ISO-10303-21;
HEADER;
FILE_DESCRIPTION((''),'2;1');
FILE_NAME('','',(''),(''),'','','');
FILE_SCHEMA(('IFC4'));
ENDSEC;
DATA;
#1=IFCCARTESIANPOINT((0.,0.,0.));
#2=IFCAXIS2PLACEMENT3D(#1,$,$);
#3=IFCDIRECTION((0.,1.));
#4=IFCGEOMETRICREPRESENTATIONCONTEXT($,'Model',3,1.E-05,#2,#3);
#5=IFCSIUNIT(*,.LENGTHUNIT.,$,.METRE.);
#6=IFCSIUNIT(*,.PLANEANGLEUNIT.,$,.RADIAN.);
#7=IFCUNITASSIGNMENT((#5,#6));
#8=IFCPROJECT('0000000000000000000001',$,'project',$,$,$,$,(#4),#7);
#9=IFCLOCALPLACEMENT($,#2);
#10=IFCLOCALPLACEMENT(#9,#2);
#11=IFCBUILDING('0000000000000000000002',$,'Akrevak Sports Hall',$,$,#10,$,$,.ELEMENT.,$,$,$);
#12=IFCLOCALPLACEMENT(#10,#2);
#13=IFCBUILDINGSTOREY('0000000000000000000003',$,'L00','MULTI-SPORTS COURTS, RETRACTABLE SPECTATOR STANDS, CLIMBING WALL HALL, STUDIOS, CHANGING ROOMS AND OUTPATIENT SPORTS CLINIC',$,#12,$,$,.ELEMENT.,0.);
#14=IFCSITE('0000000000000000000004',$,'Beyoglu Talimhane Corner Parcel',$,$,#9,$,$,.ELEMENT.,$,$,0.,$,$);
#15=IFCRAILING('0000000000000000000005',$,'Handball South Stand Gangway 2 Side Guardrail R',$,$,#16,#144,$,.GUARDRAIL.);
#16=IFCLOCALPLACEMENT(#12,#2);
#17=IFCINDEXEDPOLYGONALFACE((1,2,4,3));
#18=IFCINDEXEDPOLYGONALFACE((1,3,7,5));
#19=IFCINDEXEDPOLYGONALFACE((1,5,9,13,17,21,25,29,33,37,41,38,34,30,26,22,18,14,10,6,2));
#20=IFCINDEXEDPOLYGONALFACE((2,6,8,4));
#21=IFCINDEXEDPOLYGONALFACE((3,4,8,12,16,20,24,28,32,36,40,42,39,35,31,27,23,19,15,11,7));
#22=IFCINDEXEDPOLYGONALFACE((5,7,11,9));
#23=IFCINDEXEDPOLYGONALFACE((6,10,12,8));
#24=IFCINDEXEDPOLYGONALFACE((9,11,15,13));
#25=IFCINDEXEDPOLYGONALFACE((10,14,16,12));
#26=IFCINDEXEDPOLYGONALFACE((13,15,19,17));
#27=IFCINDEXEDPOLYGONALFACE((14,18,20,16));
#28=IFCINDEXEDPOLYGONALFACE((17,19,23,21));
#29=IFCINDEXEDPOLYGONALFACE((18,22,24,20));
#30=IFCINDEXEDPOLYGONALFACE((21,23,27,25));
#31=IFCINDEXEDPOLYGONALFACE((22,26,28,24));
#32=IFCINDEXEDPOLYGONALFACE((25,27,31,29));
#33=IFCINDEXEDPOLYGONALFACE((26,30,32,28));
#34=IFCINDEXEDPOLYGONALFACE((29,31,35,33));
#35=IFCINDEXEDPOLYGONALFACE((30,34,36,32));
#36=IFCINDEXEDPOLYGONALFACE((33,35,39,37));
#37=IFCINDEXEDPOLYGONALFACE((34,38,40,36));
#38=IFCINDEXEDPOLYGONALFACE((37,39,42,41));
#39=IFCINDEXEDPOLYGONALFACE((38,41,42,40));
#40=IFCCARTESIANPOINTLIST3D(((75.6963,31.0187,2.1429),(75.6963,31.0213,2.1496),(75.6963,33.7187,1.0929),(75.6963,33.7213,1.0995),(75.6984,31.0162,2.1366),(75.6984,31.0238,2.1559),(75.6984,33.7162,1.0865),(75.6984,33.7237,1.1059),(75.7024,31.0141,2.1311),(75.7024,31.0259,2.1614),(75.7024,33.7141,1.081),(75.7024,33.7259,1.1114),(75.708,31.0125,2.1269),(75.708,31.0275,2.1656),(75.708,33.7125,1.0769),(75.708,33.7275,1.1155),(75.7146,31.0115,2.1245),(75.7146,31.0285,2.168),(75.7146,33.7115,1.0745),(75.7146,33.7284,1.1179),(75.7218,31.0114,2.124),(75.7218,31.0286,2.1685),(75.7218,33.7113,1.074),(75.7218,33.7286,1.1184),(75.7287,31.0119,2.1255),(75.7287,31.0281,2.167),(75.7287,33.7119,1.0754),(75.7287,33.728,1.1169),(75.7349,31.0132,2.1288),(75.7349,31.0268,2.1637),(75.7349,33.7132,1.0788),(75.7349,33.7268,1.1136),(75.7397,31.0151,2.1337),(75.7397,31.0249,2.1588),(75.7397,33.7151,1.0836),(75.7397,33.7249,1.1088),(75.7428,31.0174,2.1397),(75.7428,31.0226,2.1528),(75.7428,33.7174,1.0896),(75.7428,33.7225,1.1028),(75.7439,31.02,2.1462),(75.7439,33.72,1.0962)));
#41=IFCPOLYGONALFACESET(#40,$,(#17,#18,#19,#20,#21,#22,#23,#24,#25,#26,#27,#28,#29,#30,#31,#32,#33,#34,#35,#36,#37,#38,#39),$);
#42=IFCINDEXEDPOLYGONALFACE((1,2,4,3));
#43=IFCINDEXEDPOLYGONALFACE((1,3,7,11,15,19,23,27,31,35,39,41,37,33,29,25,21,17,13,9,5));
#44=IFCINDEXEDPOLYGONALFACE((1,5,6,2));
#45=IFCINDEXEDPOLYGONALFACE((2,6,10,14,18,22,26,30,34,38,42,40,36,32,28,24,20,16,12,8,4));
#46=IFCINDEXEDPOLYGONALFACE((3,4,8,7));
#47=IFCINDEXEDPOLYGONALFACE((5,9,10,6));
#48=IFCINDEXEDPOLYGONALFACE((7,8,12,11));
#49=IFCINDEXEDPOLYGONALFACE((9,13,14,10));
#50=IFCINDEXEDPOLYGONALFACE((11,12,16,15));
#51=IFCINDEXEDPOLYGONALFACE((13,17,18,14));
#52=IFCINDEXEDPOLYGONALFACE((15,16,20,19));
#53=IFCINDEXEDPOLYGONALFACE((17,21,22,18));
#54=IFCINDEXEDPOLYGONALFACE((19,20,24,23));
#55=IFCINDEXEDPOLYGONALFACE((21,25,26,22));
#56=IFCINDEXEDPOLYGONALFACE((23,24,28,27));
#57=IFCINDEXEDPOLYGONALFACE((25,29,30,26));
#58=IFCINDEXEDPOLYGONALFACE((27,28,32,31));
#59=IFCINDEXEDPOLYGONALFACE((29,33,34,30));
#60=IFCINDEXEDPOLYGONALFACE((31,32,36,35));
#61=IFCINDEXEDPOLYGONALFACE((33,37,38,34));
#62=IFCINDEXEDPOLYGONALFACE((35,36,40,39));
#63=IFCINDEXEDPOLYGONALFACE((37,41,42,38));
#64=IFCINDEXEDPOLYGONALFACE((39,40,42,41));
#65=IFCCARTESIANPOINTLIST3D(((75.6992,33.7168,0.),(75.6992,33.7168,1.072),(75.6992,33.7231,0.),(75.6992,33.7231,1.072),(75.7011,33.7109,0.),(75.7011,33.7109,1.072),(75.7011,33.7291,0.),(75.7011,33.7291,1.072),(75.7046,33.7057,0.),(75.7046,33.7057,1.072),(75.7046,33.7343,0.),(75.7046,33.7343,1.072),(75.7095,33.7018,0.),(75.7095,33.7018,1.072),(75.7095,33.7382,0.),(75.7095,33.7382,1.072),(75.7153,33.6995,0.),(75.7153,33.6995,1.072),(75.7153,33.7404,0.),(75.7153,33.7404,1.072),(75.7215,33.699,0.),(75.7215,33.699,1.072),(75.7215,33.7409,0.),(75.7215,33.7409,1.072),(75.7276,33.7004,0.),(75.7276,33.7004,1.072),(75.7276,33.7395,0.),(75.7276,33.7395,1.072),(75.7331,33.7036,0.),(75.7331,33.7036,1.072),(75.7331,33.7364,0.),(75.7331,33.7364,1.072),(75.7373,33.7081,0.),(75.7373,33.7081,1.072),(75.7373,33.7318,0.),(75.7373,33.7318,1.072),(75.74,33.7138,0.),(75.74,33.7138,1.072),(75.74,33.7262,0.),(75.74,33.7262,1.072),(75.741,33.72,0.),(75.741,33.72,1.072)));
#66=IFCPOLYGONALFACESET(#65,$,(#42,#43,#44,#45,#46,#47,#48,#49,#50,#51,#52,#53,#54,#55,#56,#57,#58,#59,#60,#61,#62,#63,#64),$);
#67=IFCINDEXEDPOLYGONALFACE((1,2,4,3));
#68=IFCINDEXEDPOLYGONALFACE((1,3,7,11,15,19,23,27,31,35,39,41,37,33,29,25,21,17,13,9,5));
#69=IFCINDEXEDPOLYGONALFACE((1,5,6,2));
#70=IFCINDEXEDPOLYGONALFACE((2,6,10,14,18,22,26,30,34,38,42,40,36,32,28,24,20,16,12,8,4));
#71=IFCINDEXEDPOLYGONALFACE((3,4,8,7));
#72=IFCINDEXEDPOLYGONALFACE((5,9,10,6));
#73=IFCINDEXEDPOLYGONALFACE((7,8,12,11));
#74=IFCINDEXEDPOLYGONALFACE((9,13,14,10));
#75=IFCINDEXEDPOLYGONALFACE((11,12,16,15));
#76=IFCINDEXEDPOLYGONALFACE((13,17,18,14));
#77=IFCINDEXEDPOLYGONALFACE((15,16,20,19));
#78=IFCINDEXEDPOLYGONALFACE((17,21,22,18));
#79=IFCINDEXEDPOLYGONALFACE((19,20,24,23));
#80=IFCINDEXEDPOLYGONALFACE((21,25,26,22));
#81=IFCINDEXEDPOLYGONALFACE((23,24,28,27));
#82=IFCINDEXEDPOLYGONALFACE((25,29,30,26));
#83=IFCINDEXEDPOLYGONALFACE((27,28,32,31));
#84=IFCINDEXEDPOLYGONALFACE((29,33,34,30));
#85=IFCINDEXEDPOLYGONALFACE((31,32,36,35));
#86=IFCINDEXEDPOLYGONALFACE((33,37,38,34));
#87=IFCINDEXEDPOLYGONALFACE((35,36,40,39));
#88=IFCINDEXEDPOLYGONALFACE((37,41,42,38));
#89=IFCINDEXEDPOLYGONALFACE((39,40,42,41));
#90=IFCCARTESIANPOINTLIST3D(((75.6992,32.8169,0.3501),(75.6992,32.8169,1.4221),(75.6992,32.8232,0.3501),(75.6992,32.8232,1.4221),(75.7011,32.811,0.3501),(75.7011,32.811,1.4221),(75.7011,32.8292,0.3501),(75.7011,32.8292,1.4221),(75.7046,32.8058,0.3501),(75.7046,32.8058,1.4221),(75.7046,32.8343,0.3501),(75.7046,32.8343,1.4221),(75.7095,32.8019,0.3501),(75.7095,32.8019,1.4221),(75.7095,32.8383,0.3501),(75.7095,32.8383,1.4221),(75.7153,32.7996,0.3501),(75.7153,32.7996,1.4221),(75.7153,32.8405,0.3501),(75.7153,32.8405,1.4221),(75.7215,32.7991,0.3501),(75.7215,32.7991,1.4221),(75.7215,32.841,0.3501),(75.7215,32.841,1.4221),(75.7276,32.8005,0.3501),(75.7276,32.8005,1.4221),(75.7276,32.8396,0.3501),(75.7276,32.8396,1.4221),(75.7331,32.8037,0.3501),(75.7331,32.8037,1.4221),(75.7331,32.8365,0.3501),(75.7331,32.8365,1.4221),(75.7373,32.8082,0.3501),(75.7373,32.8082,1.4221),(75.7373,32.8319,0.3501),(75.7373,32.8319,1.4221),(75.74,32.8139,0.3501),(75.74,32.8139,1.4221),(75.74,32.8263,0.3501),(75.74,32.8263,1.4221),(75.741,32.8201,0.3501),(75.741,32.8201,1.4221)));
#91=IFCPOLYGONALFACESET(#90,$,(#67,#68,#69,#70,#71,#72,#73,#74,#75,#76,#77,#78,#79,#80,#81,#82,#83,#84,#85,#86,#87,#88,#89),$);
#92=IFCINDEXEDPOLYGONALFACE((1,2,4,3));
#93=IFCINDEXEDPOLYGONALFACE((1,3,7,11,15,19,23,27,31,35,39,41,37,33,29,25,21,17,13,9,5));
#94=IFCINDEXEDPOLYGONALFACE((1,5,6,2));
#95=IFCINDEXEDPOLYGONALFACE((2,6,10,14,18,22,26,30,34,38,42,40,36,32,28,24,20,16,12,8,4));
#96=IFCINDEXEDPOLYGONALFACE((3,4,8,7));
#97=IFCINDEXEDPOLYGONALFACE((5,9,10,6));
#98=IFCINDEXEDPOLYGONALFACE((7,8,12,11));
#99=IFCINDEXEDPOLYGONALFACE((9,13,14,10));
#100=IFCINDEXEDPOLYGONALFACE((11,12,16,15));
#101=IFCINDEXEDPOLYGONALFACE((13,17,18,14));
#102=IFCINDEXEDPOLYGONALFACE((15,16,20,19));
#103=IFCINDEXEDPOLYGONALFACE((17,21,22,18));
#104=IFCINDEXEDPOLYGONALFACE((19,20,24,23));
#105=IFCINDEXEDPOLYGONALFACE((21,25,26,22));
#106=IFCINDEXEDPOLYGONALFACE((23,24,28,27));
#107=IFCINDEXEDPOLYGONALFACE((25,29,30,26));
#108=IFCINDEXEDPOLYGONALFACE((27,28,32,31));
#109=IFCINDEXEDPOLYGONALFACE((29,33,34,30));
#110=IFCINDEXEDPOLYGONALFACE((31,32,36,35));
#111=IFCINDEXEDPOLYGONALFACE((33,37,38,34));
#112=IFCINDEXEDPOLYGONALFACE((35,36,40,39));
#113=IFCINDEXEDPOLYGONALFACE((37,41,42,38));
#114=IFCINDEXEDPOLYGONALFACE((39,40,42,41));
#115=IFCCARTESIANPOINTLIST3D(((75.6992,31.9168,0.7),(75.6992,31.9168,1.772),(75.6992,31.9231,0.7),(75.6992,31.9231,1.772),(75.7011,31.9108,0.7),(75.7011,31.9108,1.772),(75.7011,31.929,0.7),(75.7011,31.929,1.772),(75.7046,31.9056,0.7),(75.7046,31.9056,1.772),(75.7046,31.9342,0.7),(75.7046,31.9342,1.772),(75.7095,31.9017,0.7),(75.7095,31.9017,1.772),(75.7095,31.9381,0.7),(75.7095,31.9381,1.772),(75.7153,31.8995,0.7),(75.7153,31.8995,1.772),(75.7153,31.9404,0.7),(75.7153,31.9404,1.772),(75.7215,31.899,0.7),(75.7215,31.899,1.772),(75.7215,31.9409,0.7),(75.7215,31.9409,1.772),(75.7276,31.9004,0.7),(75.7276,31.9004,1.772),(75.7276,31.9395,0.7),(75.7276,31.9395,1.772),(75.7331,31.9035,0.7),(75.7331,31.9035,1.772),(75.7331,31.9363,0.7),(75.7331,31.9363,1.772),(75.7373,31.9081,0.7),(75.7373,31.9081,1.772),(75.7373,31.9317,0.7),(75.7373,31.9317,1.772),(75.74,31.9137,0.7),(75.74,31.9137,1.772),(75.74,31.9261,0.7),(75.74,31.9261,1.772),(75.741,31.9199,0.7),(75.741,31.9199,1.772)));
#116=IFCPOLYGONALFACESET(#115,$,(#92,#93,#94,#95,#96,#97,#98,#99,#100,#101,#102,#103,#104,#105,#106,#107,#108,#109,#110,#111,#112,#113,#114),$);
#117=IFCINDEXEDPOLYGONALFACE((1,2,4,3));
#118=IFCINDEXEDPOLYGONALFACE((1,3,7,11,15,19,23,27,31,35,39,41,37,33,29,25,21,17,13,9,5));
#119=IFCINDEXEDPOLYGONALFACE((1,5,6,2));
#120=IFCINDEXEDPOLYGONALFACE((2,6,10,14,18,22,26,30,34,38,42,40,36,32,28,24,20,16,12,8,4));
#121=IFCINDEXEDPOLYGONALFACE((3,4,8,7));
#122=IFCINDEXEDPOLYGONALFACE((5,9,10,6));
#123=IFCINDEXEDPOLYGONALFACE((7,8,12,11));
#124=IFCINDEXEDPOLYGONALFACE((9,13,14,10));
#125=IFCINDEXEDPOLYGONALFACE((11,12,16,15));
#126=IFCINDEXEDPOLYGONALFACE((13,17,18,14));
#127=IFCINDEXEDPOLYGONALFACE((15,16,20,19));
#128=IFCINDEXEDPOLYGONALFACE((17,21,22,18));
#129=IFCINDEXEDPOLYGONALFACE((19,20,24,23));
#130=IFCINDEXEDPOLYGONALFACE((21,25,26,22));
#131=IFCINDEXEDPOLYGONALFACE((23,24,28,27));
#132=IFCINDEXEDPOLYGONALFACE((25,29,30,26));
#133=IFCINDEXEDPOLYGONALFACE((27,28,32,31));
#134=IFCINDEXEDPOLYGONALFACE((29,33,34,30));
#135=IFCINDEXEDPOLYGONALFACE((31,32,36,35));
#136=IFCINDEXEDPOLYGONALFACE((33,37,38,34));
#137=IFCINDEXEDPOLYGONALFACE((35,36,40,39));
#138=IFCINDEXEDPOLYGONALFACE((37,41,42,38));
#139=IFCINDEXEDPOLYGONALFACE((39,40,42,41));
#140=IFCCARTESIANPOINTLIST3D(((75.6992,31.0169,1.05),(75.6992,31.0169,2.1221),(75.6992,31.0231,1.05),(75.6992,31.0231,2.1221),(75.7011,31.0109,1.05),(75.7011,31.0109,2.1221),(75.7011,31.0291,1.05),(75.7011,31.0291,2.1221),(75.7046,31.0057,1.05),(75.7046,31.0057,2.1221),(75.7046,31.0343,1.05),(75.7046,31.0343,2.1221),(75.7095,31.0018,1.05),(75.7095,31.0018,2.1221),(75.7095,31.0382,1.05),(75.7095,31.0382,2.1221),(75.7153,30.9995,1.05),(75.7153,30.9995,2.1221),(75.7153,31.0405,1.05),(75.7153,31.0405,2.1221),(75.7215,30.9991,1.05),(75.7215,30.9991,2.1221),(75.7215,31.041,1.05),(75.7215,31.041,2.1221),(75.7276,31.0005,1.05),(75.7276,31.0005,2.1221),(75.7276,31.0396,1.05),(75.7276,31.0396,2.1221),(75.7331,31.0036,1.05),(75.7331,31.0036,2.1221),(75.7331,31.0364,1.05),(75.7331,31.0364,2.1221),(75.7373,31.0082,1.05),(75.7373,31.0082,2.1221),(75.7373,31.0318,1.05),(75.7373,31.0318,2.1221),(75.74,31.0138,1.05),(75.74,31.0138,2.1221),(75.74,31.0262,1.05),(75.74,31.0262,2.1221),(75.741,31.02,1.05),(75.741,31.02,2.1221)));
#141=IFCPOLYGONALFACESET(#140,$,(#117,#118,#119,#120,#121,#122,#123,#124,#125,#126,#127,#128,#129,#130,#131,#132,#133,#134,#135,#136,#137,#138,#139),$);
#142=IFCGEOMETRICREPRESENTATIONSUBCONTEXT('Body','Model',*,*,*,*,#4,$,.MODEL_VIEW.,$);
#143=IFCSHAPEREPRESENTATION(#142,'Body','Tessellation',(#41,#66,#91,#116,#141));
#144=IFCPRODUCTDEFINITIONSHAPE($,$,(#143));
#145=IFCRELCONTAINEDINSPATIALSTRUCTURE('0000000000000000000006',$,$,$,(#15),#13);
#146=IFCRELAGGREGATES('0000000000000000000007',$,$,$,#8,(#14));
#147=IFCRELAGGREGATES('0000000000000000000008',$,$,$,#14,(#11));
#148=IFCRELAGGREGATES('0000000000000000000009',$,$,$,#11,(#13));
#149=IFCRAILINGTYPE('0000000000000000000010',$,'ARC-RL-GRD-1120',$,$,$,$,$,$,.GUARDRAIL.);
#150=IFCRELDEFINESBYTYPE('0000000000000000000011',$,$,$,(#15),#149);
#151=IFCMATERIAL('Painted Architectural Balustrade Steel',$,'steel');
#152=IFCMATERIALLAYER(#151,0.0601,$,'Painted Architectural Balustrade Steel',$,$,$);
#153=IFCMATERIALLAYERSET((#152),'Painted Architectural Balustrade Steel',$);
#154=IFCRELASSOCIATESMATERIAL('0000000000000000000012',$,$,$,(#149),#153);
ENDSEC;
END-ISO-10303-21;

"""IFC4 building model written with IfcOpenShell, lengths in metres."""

from ifc_helpers import new_model, si_unit, direction, frame, origin, origin_2d, place, context, subcontext, project, spatial, circle, extrude, material, layer, layer_set, type_object, element, save


model = new_model("IFC4")

# Units and contexts
model_context = context("Model", 3, precision=1e-05, world=origin(), true_north=direction((0.0, 1.0)))
body_context = subcontext(model_context, "Body", "Model", "MODEL_VIEW")
ifc_project = project(units=[si_unit("LENGTHUNIT", "METRE"), si_unit("PLANEANGLEUNIT", "RADIAN")], contexts=[model_context])

# Site, building, storey
site_placement = place(None, origin())
site = spatial("IfcSite", under=ifc_project, at=site_placement, Name="Beyoglu Talimhane Corner Parcel", CompositionType="ELEMENT", RefElevation=0.0)
building_placement = place(site_placement, origin())
building = spatial("IfcBuilding", under=site, at=building_placement, Name="Akrevak Sports Hall", CompositionType="ELEMENT")
storey_placement = place(building_placement, origin())
storey = spatial("IfcBuildingStorey", under=building, at=storey_placement, Name="L00", Description="MULTI-SPORTS COURTS, RETRACTABLE SPECTATOR STANDS, CLIMBING WALL HALL, STUDIOS, CHANGING ROOMS AND OUTPATIENT SPORTS CLINIC", CompositionType="ELEMENT", Elevation=0.0)

# Railing
ifc_material_1 = material(Name="Painted Architectural Balustrade Steel", Category="steel")
ifc_layer_1 = layer(ifc_material_1, 0.0601, Name="Painted Architectural Balustrade Steel")
ifc_layer_set_1 = layer_set([ifc_layer_1], Name="Painted Architectural Balustrade Steel")
railing_type_1 = type_object("IfcRailingType", Name="ARC-RL-GRD-1120", PredefinedType="GUARDRAIL", material=ifc_layer_set_1)
for number, where, name in (
    (1, (75.72, 33.72, 0.0), "Handball South Stand Gangway 2 Side Guardrail R"),
):
    element("IfcRailing", number, at=place(storey_placement, frame(where)), inside=storey, type_object=railing_type_1, Name=name, PredefinedType="GUARDRAIL", context=body_context, shape_type="SweptSolid", body=[
        extrude(circle(Radius=0.0239, at=origin_2d()), frame((0.0, 0.0, 1.0962), z_axis=(0.0, -0.931997, 0.362467), x_axis=(1.0, 0.0, 0.0)), (0.0, 0.0, 1.0), 2.897),
        extrude(circle(Radius=0.021, at=origin_2d()), origin(), (0.0, 0.0, 1.0), 1.072),
        extrude(circle(Radius=0.021, at=origin_2d()), frame((0.0, -0.8999, 0.3501)), (0.0, 0.0, 1.0), 1.072),
        extrude(circle(Radius=0.021, at=origin_2d()), frame((0.0, -1.8, 0.7)), (0.0, 0.0, 1.0), 1.072),
        extrude(circle(Radius=0.021, at=origin_2d()), frame((0.0, -2.7, 1.05)), (0.0, 0.0, 1.0), 1.072),
    ])

save(model, "model.ifc")
